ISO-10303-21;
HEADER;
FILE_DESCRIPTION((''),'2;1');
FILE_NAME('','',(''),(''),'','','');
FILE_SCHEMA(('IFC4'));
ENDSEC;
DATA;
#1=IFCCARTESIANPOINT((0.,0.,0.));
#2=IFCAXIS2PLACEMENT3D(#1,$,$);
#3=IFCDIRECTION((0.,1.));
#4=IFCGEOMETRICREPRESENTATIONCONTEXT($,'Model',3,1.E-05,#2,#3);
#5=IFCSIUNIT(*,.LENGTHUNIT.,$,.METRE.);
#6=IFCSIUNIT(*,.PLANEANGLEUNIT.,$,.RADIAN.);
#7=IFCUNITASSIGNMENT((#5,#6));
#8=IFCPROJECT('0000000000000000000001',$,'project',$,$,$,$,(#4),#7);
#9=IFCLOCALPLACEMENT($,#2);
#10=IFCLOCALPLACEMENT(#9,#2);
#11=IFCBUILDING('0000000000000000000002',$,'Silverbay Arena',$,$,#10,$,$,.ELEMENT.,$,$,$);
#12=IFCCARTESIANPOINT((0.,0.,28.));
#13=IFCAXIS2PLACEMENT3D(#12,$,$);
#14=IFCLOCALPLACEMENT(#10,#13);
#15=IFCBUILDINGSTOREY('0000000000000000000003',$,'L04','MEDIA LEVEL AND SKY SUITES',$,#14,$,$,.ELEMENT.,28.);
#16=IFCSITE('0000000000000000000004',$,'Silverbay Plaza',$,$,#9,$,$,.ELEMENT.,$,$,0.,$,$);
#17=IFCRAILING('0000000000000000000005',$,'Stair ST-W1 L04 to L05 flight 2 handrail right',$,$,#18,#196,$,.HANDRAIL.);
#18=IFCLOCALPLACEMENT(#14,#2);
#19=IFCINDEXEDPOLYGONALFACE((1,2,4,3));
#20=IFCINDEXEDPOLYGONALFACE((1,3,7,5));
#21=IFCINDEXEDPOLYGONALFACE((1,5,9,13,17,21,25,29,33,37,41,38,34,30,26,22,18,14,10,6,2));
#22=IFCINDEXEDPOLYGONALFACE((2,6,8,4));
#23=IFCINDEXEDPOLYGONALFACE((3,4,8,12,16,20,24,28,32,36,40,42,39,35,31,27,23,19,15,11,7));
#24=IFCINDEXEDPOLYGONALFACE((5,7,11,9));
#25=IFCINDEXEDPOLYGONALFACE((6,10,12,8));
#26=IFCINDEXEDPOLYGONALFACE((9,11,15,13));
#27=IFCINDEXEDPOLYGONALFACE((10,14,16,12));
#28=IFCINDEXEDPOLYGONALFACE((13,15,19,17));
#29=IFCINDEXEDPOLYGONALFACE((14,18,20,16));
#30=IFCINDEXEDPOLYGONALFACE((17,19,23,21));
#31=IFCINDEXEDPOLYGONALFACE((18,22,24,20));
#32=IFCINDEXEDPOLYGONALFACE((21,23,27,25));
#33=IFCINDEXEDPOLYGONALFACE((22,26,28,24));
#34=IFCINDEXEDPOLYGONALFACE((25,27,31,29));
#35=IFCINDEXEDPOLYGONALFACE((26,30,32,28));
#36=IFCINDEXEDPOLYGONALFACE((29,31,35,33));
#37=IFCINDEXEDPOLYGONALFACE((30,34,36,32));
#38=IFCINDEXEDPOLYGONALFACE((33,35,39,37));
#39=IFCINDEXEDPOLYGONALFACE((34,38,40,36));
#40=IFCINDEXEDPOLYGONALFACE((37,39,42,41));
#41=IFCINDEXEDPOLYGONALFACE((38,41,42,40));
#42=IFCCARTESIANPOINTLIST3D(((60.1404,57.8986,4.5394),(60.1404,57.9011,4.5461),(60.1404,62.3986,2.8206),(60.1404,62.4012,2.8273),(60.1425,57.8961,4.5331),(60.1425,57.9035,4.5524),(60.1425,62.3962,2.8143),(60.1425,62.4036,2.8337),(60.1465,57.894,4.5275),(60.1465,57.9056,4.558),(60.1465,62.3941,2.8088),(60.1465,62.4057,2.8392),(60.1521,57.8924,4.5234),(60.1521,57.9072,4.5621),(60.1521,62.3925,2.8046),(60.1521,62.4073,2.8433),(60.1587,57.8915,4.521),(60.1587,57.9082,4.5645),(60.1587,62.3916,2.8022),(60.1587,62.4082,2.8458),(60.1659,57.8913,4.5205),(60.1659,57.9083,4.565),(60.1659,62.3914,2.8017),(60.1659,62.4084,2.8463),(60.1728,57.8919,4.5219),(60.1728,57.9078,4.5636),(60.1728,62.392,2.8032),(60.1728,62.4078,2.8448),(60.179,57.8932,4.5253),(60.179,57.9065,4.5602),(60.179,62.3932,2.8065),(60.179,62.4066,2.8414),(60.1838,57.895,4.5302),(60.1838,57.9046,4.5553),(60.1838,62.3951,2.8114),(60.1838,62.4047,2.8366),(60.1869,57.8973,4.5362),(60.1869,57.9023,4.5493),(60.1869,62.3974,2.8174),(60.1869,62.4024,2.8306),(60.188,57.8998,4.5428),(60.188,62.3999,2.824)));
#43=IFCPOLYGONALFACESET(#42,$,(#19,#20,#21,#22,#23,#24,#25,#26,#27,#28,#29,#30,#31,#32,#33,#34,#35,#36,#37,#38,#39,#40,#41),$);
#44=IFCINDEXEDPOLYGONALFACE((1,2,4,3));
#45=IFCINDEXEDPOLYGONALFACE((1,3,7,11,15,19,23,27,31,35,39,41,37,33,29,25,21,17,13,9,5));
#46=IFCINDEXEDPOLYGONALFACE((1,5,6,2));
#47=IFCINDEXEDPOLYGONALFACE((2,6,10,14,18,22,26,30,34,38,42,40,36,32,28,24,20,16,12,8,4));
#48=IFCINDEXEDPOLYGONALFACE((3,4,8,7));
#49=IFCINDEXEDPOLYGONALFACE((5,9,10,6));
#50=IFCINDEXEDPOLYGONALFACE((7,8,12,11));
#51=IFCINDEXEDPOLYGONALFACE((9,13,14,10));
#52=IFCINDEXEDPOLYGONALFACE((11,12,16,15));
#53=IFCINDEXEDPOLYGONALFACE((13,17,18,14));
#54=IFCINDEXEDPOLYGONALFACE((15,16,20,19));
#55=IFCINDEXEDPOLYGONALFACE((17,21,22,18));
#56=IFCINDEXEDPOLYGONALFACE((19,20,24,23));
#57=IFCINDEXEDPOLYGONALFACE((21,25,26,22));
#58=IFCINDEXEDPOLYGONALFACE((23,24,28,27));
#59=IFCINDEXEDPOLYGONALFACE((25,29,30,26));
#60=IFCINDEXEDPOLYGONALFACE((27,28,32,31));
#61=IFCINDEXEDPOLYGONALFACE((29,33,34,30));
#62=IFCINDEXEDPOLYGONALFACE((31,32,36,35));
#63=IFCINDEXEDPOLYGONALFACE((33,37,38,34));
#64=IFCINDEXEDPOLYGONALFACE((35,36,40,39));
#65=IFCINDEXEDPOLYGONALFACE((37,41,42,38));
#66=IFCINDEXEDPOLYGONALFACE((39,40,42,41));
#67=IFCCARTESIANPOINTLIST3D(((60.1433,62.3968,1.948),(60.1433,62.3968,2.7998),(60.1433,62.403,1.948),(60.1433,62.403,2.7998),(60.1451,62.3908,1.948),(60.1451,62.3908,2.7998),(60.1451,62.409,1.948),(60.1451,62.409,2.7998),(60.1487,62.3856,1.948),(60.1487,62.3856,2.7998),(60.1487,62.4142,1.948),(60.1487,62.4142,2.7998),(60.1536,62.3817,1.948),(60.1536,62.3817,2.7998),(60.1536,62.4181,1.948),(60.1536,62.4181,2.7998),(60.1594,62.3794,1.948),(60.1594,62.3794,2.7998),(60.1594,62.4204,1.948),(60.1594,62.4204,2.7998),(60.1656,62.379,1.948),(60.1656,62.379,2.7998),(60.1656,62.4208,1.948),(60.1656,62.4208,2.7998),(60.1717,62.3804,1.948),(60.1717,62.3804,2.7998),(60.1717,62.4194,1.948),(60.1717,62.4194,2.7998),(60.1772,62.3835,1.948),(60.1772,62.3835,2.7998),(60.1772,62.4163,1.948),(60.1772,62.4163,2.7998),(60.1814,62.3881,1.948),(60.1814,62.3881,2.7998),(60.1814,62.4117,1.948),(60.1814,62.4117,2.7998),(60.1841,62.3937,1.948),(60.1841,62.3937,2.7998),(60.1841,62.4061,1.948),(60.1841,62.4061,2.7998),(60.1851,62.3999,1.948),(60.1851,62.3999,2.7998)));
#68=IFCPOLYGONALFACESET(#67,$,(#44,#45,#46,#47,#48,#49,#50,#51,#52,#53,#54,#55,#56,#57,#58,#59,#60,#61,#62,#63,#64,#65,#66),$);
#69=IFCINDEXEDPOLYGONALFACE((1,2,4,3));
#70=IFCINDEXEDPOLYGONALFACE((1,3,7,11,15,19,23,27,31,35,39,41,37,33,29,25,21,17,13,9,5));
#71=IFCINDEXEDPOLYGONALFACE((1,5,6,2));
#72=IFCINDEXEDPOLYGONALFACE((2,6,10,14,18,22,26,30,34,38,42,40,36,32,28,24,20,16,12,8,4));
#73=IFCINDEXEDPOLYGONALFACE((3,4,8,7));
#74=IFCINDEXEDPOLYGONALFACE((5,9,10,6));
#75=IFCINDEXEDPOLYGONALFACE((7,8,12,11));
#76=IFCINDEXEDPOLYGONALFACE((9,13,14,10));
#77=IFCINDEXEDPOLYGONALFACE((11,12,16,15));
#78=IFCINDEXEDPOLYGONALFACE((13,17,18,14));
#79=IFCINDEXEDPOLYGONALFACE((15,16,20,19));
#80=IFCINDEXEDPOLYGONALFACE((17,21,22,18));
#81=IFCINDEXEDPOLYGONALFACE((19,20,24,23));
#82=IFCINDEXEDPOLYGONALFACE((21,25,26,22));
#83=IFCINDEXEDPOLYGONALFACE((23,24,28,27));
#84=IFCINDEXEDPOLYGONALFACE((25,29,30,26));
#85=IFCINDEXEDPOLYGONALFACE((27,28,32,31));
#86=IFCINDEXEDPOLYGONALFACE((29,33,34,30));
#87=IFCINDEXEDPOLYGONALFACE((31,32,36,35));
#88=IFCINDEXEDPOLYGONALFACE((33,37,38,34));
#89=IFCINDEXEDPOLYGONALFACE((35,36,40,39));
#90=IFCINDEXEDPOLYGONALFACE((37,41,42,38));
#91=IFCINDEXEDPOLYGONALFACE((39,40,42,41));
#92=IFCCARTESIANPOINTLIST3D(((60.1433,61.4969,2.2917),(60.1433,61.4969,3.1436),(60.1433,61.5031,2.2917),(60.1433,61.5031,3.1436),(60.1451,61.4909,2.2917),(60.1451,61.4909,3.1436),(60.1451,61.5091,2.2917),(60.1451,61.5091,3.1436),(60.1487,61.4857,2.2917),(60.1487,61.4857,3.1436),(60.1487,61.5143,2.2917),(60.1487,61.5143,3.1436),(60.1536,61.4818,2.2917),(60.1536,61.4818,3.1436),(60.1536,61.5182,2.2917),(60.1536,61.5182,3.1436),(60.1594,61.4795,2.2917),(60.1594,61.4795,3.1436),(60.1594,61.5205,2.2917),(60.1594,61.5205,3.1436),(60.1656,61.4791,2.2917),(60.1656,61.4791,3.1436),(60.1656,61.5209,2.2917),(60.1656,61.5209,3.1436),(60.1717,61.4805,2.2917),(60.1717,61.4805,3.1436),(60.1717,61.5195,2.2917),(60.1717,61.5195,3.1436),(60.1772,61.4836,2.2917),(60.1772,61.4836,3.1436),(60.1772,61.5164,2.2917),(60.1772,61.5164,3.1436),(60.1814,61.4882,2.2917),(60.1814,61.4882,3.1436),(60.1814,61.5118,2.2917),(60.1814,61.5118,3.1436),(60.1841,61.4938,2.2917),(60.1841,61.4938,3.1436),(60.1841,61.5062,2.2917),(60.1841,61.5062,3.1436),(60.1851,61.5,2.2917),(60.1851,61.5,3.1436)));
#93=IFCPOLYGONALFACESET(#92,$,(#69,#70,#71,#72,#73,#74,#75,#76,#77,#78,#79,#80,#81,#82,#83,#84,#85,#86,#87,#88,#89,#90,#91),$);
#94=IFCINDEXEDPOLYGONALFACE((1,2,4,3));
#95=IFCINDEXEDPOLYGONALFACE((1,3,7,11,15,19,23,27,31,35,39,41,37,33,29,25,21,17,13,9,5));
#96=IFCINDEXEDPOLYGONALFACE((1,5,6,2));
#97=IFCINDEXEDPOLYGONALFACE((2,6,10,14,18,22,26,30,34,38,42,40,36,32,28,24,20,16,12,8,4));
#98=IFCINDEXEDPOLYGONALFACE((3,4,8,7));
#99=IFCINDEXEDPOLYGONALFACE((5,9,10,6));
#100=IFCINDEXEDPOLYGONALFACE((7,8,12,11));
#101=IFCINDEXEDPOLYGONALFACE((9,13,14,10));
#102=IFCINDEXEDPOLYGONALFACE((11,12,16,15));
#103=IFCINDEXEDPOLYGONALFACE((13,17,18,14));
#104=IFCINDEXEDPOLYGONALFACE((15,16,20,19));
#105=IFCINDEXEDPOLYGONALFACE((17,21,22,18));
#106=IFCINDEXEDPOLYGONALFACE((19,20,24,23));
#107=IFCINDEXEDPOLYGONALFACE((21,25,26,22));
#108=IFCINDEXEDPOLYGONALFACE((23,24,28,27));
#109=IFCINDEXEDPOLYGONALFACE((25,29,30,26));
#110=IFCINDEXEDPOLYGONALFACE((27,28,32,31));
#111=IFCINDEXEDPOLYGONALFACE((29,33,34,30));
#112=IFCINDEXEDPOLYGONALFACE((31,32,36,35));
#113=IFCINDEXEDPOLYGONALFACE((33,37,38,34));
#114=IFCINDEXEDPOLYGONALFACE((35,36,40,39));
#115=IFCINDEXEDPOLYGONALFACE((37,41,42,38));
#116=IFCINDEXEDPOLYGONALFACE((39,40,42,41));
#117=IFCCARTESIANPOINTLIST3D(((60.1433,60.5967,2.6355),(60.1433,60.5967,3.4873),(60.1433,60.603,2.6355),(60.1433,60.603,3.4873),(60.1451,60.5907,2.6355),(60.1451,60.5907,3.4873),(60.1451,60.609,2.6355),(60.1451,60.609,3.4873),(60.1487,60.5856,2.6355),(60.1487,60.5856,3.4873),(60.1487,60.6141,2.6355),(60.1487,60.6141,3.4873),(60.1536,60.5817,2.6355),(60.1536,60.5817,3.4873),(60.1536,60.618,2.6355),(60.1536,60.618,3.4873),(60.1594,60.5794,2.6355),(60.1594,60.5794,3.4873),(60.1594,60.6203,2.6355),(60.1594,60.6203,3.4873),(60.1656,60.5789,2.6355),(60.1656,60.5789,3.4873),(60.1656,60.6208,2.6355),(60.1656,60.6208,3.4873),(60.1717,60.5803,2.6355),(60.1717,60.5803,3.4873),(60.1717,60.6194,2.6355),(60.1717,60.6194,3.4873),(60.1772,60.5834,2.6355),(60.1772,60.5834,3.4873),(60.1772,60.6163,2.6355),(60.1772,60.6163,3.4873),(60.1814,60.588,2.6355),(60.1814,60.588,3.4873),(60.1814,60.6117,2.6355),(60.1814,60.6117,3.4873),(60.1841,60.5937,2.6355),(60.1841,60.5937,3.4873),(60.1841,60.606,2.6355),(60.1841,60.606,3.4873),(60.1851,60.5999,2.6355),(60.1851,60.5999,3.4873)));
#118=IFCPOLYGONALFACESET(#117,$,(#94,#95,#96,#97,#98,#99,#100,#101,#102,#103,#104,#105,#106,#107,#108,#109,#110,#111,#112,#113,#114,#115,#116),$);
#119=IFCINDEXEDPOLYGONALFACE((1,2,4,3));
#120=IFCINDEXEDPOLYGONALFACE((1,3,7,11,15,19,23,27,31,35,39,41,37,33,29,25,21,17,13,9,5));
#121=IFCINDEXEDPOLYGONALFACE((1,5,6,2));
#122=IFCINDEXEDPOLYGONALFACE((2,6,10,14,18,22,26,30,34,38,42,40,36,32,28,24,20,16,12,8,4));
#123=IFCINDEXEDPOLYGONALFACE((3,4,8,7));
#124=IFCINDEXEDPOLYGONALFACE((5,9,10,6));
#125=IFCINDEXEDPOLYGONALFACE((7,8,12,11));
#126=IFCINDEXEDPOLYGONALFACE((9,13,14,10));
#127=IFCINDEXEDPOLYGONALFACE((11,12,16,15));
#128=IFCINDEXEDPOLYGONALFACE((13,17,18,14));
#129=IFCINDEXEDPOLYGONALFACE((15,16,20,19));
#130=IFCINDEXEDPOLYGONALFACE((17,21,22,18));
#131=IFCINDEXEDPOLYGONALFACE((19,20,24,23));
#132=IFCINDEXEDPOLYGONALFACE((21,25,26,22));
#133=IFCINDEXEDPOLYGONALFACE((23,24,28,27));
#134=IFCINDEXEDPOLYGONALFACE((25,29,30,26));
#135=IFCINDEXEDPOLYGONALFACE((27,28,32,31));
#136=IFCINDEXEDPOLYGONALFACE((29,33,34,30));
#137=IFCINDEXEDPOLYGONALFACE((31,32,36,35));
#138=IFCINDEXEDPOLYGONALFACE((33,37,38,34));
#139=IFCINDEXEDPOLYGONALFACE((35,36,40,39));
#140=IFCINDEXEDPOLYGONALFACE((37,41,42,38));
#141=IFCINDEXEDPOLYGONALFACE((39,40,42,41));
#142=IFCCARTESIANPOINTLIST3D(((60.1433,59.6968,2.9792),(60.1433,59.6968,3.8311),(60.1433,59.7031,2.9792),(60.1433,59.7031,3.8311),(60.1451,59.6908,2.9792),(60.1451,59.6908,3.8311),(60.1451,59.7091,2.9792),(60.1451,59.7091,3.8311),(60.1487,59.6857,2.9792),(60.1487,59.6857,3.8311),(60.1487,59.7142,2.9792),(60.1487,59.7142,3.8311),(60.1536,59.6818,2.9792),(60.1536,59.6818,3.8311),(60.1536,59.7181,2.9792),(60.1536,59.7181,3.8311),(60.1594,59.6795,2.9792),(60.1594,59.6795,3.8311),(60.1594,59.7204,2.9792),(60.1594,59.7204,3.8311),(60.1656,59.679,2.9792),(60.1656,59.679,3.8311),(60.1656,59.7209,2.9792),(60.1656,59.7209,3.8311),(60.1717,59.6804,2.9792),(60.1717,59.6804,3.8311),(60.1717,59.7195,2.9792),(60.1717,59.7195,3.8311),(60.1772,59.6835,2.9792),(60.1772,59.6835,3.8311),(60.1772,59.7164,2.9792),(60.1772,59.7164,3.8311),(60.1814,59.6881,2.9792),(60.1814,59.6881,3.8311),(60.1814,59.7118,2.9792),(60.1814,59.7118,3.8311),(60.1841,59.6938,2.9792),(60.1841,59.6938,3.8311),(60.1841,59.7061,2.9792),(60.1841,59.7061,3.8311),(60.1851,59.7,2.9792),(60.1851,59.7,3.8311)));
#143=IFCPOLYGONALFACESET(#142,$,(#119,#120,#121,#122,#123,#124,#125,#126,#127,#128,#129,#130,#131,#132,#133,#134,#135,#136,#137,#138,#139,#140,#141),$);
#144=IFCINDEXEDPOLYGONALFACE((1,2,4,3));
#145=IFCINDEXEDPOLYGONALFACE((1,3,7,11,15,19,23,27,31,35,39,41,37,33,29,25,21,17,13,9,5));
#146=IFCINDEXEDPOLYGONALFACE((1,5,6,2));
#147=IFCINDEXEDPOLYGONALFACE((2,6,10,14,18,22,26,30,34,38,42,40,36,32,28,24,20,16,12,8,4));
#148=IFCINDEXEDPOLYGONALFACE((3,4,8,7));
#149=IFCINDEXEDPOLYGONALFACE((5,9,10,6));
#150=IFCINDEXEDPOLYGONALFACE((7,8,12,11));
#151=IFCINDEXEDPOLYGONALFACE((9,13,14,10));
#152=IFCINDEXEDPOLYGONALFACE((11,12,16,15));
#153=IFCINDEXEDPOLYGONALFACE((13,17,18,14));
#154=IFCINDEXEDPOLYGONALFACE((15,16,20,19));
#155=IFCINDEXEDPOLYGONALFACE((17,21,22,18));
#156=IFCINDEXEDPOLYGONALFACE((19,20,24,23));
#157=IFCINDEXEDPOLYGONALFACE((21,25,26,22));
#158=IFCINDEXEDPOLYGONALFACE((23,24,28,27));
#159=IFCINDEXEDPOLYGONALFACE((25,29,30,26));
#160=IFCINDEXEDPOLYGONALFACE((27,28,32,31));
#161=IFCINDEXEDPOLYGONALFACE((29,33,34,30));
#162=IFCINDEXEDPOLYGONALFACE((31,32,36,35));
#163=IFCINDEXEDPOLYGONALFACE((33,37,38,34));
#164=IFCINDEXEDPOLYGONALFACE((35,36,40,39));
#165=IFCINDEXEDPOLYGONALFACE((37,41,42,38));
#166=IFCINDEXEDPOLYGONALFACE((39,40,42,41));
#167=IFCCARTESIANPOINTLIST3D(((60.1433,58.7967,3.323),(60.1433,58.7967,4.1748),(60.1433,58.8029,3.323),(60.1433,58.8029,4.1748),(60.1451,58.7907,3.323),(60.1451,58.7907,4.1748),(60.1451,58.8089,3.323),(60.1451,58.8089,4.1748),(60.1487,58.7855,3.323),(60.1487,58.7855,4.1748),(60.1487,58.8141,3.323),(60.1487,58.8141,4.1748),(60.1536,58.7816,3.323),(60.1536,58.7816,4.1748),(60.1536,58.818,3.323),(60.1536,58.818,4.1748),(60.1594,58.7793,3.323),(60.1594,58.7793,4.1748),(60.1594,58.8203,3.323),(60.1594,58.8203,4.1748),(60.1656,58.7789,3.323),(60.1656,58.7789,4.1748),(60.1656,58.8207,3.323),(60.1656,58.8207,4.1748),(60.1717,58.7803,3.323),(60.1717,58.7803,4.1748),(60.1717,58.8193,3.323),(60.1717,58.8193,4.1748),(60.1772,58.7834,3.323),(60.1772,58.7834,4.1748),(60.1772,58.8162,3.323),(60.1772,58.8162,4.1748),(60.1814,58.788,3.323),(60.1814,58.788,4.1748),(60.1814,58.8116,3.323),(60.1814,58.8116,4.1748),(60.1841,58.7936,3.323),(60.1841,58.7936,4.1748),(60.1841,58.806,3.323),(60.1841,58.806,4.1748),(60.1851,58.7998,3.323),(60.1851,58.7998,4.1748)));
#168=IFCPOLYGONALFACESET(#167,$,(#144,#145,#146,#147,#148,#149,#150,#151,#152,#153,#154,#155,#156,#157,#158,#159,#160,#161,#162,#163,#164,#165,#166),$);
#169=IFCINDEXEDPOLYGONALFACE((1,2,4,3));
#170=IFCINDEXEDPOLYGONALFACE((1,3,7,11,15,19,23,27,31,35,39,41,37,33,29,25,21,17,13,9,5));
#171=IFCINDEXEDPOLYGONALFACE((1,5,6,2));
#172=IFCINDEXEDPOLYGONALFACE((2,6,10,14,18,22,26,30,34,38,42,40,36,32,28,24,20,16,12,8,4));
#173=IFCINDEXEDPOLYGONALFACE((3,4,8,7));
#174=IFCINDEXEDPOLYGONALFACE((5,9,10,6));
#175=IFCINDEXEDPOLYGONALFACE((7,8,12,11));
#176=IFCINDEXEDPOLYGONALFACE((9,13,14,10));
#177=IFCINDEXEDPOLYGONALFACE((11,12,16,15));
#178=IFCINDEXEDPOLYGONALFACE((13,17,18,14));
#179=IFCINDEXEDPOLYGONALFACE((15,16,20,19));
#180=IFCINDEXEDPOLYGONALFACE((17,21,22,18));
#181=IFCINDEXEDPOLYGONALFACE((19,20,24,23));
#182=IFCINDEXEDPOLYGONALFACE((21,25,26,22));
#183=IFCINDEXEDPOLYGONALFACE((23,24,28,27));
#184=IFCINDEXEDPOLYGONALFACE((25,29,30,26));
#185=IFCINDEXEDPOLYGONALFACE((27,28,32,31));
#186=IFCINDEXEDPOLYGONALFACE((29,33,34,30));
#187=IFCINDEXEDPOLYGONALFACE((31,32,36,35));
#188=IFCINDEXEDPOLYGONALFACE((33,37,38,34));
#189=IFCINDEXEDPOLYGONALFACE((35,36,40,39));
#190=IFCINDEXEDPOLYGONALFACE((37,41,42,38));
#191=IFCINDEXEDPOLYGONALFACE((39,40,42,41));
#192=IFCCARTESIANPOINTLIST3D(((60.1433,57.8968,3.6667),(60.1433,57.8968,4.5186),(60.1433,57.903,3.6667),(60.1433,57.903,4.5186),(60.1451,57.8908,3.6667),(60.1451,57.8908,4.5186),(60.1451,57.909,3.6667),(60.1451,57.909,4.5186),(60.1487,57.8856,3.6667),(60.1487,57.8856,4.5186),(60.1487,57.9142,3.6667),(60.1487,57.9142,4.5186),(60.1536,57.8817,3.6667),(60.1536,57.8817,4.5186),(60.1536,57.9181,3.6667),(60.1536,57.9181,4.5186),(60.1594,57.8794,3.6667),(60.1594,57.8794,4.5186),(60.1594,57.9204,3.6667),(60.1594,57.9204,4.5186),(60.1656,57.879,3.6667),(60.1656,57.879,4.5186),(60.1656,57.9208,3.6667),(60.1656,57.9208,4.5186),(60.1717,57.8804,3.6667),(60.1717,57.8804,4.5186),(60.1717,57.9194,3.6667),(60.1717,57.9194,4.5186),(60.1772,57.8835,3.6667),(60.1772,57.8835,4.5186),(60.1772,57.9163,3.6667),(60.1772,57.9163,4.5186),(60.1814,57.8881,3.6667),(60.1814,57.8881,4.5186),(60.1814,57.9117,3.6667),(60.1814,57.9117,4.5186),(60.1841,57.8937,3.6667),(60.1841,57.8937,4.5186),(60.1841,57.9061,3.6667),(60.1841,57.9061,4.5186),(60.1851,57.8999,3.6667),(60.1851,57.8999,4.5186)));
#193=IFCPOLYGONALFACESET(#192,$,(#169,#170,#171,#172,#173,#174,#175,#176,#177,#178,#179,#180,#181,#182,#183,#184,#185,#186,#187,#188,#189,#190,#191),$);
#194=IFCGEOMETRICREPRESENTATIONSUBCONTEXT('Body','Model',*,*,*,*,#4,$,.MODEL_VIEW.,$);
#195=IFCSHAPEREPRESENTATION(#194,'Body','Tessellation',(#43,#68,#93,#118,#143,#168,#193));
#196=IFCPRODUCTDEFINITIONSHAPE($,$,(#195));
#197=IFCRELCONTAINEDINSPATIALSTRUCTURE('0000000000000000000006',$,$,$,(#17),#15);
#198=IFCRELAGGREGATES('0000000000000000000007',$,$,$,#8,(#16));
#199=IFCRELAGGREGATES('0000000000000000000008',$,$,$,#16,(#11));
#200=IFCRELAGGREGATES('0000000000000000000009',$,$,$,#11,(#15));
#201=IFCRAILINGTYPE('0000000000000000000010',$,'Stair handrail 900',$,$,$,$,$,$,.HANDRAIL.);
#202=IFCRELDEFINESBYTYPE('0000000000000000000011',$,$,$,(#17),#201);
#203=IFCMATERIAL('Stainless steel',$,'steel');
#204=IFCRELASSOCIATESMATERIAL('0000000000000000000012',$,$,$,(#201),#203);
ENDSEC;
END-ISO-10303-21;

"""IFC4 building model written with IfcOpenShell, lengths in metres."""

from ifc_helpers import new_model, si_unit, direction, frame, origin, origin_2d, place, context, subcontext, project, spatial, circle, extrude, material, type_object, element, save


model = new_model("IFC4")

# Units and contexts
model_context = context("Model", 3, precision=1e-05, world=origin(), true_north=direction((0.0, 1.0)))
body_context = subcontext(model_context, "Body", "Model", "MODEL_VIEW")
ifc_project = project(units=[si_unit("LENGTHUNIT", "METRE"), si_unit("PLANEANGLEUNIT", "RADIAN")], contexts=[model_context])

# Site, building, storey
site_placement = place(None, origin())
site = spatial("IfcSite", under=ifc_project, at=site_placement, Name="Silverbay Plaza", CompositionType="ELEMENT", RefElevation=0.0)
building_placement = place(site_placement, origin())
building = spatial("IfcBuilding", under=site, at=building_placement, Name="Silverbay Arena", CompositionType="ELEMENT")
storey_placement = place(building_placement, frame((0.0, 0.0, 28.0)))
storey = spatial("IfcBuildingStorey", under=building, at=storey_placement, Name="L04", Description="MEDIA LEVEL AND SKY SUITES", CompositionType="ELEMENT", Elevation=28.0)

# Railing
ifc_material_1 = material(Name="Stainless steel", Category="steel")
railing_type_1 = type_object("IfcRailingType", Name="Stair handrail 900", PredefinedType="HANDRAIL", material=ifc_material_1)
for number, where, name in (
    (1, (60.1641, 62.3999, 1.948), "Stair ST-W1 L04 to L05 flight 2 handrail right"),
):
    element("IfcRailing", number, at=place(storey_placement, frame(where)), inside=storey, type_object=railing_type_1, Name=name, PredefinedType="HANDRAIL", context=body_context, shape_type="SweptSolid", body=[
        extrude(circle(Radius=0.0239, at=origin_2d()), frame((0.0, 0.0, 0.876), z_axis=(0.0, -0.934179, 0.356805), x_axis=(1.0, 0.0, 0.0)), (0.0, 0.0, 1.0), 4.8171),
        extrude(circle(Radius=0.021, at=origin_2d()), origin(), (0.0, 0.0, 1.0), 0.8518),
        extrude(circle(Radius=0.021, at=origin_2d()), frame((0.0, -0.8999, 0.3438)), (0.0, 0.0, 1.0), 0.8518),
        extrude(circle(Radius=0.021, at=origin_2d()), frame((0.0, -1.8, 0.6875)), (0.0, 0.0, 1.0), 0.8518),
        extrude(circle(Radius=0.021, at=origin_2d()), frame((0.0, -2.7, 1.0312)), (0.0, 0.0, 1.0), 0.8518),
        extrude(circle(Radius=0.021, at=origin_2d()), frame((0.0, -3.6001, 1.375)), (0.0, 0.0, 1.0), 0.8518),
        extrude(circle(Radius=0.021, at=origin_2d()), frame((0.0, -4.5, 1.7188)), (0.0, 0.0, 1.0), 0.8518),
    ])

save(model, "model.ifc")
